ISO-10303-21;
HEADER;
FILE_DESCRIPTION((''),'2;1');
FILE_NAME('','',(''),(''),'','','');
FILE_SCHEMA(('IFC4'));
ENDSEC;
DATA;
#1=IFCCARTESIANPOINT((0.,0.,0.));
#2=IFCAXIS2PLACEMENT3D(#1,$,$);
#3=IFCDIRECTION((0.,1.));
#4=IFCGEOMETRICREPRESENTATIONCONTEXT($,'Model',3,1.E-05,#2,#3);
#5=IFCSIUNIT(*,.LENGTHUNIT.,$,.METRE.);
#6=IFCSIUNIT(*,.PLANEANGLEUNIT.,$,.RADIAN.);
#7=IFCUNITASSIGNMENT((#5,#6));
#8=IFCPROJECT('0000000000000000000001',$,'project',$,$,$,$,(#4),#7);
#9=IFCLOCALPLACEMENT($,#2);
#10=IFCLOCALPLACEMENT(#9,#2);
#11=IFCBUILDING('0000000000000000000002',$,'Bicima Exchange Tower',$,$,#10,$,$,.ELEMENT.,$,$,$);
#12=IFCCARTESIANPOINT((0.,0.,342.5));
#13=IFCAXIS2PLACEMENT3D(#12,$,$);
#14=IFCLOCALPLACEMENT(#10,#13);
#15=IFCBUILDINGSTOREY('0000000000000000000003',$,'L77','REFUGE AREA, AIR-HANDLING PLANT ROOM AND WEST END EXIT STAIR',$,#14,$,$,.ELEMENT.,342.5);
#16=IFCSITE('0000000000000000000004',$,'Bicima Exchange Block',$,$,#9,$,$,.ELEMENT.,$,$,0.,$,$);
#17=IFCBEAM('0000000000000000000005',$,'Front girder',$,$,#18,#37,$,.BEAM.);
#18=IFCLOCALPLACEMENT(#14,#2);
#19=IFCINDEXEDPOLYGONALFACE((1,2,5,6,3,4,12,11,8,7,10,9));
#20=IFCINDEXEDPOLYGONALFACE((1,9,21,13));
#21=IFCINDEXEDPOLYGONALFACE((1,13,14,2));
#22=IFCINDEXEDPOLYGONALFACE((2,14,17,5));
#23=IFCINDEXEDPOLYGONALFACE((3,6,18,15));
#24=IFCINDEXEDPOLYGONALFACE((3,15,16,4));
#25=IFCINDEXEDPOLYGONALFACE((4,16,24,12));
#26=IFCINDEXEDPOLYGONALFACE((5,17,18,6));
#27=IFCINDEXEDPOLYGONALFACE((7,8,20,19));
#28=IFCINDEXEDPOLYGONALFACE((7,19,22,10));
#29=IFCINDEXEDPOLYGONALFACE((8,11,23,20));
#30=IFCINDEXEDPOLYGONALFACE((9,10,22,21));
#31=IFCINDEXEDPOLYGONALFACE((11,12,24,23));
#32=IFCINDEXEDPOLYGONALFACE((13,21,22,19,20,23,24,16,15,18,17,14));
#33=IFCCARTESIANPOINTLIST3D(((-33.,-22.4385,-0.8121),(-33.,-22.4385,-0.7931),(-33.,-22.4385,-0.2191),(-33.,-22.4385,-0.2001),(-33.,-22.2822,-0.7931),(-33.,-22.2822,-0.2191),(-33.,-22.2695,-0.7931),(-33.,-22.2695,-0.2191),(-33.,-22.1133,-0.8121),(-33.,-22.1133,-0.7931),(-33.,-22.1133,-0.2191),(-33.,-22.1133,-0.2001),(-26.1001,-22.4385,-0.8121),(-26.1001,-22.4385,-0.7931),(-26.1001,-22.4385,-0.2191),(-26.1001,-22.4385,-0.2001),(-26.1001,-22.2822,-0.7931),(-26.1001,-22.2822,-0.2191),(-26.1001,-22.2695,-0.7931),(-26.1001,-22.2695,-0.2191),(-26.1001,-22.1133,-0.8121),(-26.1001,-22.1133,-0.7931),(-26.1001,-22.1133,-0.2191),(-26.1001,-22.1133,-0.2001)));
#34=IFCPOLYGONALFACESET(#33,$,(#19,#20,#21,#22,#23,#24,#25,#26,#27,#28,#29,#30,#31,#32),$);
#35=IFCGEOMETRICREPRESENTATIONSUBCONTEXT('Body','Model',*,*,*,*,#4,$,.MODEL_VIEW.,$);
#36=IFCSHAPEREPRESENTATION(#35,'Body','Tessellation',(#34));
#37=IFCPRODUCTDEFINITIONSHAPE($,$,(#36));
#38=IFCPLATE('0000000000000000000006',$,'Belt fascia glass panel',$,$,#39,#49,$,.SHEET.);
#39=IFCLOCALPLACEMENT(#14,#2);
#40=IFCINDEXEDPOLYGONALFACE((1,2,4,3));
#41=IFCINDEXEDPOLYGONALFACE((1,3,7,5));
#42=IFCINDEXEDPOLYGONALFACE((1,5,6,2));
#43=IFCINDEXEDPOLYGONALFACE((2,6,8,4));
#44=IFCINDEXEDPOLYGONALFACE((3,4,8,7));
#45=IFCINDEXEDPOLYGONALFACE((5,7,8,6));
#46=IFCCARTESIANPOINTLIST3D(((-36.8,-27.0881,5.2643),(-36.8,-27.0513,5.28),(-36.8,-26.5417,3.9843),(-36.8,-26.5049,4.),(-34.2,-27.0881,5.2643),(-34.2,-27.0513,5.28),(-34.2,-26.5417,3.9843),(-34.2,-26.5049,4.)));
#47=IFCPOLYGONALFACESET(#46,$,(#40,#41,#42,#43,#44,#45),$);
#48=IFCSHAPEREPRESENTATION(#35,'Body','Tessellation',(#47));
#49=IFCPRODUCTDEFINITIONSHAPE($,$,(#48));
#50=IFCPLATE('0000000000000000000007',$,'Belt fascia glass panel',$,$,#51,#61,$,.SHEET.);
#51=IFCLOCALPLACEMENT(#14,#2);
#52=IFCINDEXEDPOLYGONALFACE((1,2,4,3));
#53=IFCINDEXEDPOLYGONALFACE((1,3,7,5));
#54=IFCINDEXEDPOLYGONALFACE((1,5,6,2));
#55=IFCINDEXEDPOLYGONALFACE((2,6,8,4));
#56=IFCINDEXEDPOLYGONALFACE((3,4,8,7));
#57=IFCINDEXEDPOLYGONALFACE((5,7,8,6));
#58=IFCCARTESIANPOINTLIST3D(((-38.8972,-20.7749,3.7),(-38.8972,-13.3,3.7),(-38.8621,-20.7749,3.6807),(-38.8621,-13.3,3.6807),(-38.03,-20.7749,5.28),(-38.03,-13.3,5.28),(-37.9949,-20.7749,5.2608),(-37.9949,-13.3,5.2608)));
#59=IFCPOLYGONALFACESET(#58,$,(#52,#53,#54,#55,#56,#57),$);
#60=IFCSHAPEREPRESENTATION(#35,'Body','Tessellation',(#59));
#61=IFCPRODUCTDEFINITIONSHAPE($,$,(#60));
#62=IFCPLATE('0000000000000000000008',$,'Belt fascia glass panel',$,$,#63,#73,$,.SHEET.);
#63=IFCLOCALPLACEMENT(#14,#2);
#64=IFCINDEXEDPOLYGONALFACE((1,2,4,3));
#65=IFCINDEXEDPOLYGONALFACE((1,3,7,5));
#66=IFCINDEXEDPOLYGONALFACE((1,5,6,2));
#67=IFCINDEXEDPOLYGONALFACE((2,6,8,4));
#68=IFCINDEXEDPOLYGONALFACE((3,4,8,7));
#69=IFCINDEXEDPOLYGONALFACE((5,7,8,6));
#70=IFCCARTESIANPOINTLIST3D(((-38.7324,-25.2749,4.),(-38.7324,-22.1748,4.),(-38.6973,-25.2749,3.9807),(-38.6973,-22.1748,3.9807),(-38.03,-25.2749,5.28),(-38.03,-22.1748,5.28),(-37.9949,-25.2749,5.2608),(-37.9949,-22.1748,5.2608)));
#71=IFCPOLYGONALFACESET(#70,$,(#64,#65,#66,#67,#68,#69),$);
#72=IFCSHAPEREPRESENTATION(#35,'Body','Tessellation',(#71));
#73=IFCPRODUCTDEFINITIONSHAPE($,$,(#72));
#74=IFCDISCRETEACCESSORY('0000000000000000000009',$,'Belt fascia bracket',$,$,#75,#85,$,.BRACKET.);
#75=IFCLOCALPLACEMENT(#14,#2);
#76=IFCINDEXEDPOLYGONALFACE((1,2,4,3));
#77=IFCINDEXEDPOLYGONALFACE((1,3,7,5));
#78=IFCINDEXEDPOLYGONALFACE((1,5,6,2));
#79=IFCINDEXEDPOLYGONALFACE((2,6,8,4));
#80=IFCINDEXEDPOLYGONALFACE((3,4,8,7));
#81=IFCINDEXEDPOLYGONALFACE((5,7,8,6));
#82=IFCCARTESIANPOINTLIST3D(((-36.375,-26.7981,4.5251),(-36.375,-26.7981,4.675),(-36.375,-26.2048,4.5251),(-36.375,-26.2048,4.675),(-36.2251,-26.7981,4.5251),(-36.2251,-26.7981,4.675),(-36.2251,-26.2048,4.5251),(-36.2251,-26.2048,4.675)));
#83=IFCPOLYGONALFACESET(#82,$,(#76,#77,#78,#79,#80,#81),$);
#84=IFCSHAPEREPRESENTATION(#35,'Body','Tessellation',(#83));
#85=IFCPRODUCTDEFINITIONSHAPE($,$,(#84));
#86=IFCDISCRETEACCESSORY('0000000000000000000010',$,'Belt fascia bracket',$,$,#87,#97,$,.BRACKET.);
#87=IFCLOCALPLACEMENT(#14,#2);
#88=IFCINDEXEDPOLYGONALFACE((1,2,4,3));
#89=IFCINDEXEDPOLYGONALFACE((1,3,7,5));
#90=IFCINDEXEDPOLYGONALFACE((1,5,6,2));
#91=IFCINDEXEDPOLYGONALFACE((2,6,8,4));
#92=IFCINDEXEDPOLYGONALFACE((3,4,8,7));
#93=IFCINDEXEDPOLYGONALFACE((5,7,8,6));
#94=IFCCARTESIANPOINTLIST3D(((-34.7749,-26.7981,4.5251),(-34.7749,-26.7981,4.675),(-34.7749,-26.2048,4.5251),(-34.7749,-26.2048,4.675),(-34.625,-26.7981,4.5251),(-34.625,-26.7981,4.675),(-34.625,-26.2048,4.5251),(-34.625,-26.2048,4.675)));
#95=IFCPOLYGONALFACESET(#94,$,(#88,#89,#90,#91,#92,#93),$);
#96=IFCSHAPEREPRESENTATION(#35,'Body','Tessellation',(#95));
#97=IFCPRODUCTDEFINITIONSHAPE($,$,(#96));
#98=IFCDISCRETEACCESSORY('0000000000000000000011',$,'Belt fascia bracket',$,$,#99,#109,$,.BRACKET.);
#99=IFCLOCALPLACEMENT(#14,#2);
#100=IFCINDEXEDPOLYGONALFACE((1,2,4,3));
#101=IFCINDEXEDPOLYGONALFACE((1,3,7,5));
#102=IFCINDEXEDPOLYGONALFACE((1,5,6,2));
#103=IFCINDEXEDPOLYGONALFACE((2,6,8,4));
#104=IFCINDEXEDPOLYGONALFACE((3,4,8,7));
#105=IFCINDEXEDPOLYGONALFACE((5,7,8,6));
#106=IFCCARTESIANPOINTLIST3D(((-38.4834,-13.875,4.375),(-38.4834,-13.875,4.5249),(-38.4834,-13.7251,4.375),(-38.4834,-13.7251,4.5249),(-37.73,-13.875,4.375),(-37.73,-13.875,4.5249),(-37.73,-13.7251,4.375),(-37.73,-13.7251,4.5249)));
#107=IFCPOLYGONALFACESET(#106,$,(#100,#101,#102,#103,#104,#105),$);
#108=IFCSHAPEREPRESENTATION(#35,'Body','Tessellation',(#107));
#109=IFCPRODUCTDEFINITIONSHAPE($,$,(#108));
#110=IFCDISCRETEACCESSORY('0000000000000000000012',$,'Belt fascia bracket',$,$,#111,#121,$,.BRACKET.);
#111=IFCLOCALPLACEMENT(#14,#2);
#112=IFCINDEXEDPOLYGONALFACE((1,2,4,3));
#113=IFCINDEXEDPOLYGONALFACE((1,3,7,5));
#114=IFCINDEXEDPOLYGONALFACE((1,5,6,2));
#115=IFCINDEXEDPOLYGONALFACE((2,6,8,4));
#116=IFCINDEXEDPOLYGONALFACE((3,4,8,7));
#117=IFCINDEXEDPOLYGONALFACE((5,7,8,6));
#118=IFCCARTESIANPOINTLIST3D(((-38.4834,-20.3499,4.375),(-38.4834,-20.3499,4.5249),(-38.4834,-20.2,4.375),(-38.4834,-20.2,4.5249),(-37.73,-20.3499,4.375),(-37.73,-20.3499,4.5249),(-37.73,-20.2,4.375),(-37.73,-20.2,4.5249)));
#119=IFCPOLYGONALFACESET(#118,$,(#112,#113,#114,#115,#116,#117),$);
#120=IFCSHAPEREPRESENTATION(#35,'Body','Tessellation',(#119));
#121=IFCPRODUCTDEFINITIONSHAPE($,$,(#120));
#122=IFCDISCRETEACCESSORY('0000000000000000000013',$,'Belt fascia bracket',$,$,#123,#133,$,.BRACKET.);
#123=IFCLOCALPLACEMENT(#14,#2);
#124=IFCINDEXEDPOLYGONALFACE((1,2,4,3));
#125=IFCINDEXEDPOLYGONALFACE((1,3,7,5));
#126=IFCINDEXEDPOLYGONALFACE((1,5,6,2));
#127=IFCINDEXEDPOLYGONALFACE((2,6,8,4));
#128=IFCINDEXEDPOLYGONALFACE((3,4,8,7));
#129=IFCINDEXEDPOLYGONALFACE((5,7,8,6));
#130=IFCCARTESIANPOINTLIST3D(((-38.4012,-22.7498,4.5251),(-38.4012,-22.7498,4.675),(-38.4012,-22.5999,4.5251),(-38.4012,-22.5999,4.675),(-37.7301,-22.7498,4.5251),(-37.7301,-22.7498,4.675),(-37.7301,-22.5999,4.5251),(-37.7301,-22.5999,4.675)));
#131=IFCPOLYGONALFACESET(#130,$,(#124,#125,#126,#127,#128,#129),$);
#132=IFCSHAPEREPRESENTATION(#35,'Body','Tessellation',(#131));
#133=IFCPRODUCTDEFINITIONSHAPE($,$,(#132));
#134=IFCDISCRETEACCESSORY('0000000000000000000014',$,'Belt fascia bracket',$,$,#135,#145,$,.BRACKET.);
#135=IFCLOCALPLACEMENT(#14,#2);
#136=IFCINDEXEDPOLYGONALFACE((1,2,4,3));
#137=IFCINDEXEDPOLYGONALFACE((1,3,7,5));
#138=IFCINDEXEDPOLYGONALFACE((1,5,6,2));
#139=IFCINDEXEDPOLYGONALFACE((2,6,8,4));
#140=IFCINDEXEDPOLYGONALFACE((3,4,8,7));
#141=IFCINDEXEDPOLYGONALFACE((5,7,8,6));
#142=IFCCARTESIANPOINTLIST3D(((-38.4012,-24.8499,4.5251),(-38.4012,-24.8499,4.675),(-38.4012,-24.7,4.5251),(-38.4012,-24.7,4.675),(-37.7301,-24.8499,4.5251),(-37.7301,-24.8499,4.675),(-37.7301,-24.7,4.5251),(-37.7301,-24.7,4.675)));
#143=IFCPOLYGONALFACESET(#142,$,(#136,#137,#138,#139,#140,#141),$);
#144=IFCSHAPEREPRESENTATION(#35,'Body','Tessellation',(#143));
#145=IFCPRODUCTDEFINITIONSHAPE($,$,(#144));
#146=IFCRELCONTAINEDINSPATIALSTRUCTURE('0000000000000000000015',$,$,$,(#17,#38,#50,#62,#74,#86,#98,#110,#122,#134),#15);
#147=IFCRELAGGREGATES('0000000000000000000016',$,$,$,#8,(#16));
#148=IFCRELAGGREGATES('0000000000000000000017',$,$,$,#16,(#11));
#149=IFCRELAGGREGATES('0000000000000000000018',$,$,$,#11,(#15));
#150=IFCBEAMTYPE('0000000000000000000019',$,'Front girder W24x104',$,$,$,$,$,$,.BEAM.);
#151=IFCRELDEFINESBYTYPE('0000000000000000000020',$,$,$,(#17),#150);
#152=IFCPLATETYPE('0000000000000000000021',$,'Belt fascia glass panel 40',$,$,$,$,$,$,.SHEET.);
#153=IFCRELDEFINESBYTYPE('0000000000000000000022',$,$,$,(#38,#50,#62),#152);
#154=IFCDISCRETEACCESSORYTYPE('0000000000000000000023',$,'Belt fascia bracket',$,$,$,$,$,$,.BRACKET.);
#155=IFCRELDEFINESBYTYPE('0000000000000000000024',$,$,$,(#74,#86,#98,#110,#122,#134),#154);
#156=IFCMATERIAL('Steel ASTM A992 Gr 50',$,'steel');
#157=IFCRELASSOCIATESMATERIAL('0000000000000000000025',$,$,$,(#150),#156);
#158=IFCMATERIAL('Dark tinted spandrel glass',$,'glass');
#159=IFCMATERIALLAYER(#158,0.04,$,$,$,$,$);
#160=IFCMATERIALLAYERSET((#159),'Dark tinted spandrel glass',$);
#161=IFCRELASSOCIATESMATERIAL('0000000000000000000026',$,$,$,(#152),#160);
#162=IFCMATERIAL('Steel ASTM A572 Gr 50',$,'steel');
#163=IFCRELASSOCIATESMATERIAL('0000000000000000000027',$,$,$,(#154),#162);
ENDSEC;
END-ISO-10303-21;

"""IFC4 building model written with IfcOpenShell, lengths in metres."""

from ifc_helpers import new_model, si_unit, direction, frame, origin, origin_2d, place, context, subcontext, project, spatial, polyline, rectangle, i_section, outline, extrude, material, layer, layer_set, material_profile, profile_set, type_object, element, save


model = new_model("IFC4")

# Units and contexts
model_context = context("Model", 3, precision=1e-05, world=origin(), true_north=direction((0.0, 1.0)))
body_context = subcontext(model_context, "Body", "Model", "MODEL_VIEW")
ifc_project = project(units=[si_unit("LENGTHUNIT", "METRE"), si_unit("PLANEANGLEUNIT", "RADIAN")], contexts=[model_context])

# Site, building, storey
site_placement = place(None, origin())
site = spatial("IfcSite", under=ifc_project, at=site_placement, Name="Bicima Exchange Block", CompositionType="ELEMENT", RefElevation=0.0)
building_placement = place(site_placement, origin())
building = spatial("IfcBuilding", under=site, at=building_placement, Name="Bicima Exchange Tower", CompositionType="ELEMENT")
storey_placement = place(building_placement, frame((0.0, 0.0, 342.5)))
storey = spatial("IfcBuildingStorey", under=building, at=storey_placement, Name="L77", Description="REFUGE AREA, AIR-HANDLING PLANT ROOM AND WEST END EXIT STAIR", CompositionType="ELEMENT", Elevation=342.5)

# Shared definitions
ifc_material_1 = material(Name="Steel ASTM A992 Gr 50", Category="steel")

# Shared definitions
ifc_material_2 = material(Name="Steel ASTM A572 Gr 50", Category="steel")

# Beam
ifc_material_profile_1 = material_profile(ifc_material_1, i_section(OverallWidth=0.3252, OverallDepth=0.6121, WebThickness=0.0127, FlangeThickness=0.019, at=origin_2d()))
ifc_profile_set_1 = profile_set([ifc_material_profile_1], Name="Steel ASTM A992 Gr 50")
beam_type_1 = type_object("IfcBeamType", Name="Front girder W24x104", PredefinedType="BEAM", material=ifc_profile_set_1)
beam_1_placement = place(storey_placement, frame((-33.0, -22.2759, -0.5061), z_axis=(1.0, 0.0, 0.0), x_axis=(0.0, 1.0, 0.0)))
element("IfcBeam", 1, at=beam_1_placement, inside=storey, type_object=beam_type_1, Name="Front girder", PredefinedType="BEAM", context=body_context, shape_type="SweptSolid", body=[
    extrude(i_section(OverallWidth=0.3252, OverallDepth=0.6121, WebThickness=0.0127, FlangeThickness=0.019, at=origin_2d()), origin(), (0.0, 0.0, 1.0), 6.8999),
])

# Plates
ifc_material_3 = material(Name="Dark tinted spandrel glass", Category="glass")
ifc_layer = layer(ifc_material_3, 0.04)
ifc_layer_set = layer_set([ifc_layer], Name="Dark tinted spandrel glass")
plate_type = type_object("IfcPlateType", Name="Belt fascia glass panel 40", PredefinedType="SHEET", material=ifc_layer_set)
plate_1_placement = place(storey_placement, frame((-36.8, -26.5049, 4.0), z_axis=(0.0, 0.919716, 0.392585), x_axis=(1.0, 0.0, 0.0)))
element("IfcPlate", 2, at=plate_1_placement, inside=storey, type_object=plate_type, Name="Belt fascia glass panel", PredefinedType="SHEET", context=body_context, shape_type="SweptSolid", body=[
    extrude(outline(polyline([(0.0, 0.0), (2.6001, 0.0), (2.6001, -1.3918), (0.0, -1.3918), (0.0, 0.0)])), origin(), (0.0, 0.0, -1.0), 0.04),
])
plate_2_placement = place(storey_placement, frame((-38.8972, -13.3, 3.7), z_axis=(-0.87665, 0.0, 0.481128), x_axis=(0.0, -1.0, 0.0)))
element("IfcPlate", 3, at=plate_2_placement, inside=storey, type_object=plate_type, Name="Belt fascia glass panel", PredefinedType="SHEET", context=body_context, shape_type="SweptSolid", body=[
    extrude(outline(polyline([(0.0, 0.0), (7.4749, 0.0), (7.4749, 1.8024), (0.0, 1.8024), (0.0, 0.0)])), origin(), (0.0, 0.0, -1.0), 0.04),
])
plate_3_placement = place(storey_placement, frame((-38.7324, -22.1748, 4.0), z_axis=(-0.876685, 0.0, 0.481065), x_axis=(0.0, -1.0, 0.0)))
element("IfcPlate", 4, at=plate_3_placement, inside=storey, type_object=plate_type, Name="Belt fascia glass panel", PredefinedType="SHEET", context=body_context, shape_type="SweptSolid", body=[
    extrude(outline(polyline([(0.0, 0.0), (3.1001, 0.0), (3.1001, 1.4601), (0.0, 1.4601), (0.0, 0.0)])), origin(), (0.0, 0.0, -1.0), 0.04),
])

# Discrete accessories
discrete_accessory_type = type_object("IfcDiscreteAccessoryType", Name="Belt fascia bracket", PredefinedType="BRACKET", material=ifc_material_2)
for number, where, z_axis, x_axis, name in (
    (5, (-36.3, -26.5015, 4.5251), (0.0, 0.0, 1.0), (1.0, 0.0, 0.0), "Belt fascia bracket"),
    (6, (-34.7, -26.5015, 4.5251), (0.0, 0.0, 1.0), (1.0, 0.0, 0.0), "Belt fascia bracket"),
):
    element("IfcDiscreteAccessory", number, at=place(storey_placement, frame(where, z_axis=z_axis, x_axis=x_axis)), inside=storey, type_object=discrete_accessory_type, Name=name, PredefinedType="BRACKET", context=body_context, shape_type="SweptSolid", body=[
        extrude(rectangle(XDim=0.1499, YDim=0.5933, at=origin_2d()), origin(), (0.0, 0.0, 1.0), 0.1499),
    ])
for number, where, z_axis, x_axis, name in (
    (7, (-38.1067, -13.8, 4.375), (0.0, 0.0, 1.0), (0.0, -1.0, 0.0), "Belt fascia bracket"),
    (8, (-38.1067, -20.2749, 4.375), (0.0, 0.0, 1.0), (0.0, -1.0, 0.0), "Belt fascia bracket"),
):
    element("IfcDiscreteAccessory", number, at=place(storey_placement, frame(where, z_axis=z_axis, x_axis=x_axis)), inside=storey, type_object=discrete_accessory_type, Name=name, PredefinedType="BRACKET", context=body_context, shape_type="SweptSolid", body=[
        extrude(rectangle(XDim=0.1499, YDim=0.7534, at=origin_2d()), origin(), (0.0, 0.0, 1.0), 0.1499),
    ])
for number, where, z_axis, x_axis, name in (
    (9, (-38.0657, -22.6748, 4.5251), (0.0, 0.0, 1.0), (0.0, -1.0, 0.0), "Belt fascia bracket"),
    (10, (-38.0657, -24.7749, 4.5251), (0.0, 0.0, 1.0), (0.0, -1.0, 0.0), "Belt fascia bracket"),
):
    element("IfcDiscreteAccessory", number, at=place(storey_placement, frame(where, z_axis=z_axis, x_axis=x_axis)), inside=storey, type_object=discrete_accessory_type, Name=name, PredefinedType="BRACKET", context=body_context, shape_type="SweptSolid", body=[
        extrude(rectangle(XDim=0.1499, YDim=0.6711, at=origin_2d()), origin(), (0.0, 0.0, 1.0), 0.1499),
    ])

save(model, "model.ifc")
